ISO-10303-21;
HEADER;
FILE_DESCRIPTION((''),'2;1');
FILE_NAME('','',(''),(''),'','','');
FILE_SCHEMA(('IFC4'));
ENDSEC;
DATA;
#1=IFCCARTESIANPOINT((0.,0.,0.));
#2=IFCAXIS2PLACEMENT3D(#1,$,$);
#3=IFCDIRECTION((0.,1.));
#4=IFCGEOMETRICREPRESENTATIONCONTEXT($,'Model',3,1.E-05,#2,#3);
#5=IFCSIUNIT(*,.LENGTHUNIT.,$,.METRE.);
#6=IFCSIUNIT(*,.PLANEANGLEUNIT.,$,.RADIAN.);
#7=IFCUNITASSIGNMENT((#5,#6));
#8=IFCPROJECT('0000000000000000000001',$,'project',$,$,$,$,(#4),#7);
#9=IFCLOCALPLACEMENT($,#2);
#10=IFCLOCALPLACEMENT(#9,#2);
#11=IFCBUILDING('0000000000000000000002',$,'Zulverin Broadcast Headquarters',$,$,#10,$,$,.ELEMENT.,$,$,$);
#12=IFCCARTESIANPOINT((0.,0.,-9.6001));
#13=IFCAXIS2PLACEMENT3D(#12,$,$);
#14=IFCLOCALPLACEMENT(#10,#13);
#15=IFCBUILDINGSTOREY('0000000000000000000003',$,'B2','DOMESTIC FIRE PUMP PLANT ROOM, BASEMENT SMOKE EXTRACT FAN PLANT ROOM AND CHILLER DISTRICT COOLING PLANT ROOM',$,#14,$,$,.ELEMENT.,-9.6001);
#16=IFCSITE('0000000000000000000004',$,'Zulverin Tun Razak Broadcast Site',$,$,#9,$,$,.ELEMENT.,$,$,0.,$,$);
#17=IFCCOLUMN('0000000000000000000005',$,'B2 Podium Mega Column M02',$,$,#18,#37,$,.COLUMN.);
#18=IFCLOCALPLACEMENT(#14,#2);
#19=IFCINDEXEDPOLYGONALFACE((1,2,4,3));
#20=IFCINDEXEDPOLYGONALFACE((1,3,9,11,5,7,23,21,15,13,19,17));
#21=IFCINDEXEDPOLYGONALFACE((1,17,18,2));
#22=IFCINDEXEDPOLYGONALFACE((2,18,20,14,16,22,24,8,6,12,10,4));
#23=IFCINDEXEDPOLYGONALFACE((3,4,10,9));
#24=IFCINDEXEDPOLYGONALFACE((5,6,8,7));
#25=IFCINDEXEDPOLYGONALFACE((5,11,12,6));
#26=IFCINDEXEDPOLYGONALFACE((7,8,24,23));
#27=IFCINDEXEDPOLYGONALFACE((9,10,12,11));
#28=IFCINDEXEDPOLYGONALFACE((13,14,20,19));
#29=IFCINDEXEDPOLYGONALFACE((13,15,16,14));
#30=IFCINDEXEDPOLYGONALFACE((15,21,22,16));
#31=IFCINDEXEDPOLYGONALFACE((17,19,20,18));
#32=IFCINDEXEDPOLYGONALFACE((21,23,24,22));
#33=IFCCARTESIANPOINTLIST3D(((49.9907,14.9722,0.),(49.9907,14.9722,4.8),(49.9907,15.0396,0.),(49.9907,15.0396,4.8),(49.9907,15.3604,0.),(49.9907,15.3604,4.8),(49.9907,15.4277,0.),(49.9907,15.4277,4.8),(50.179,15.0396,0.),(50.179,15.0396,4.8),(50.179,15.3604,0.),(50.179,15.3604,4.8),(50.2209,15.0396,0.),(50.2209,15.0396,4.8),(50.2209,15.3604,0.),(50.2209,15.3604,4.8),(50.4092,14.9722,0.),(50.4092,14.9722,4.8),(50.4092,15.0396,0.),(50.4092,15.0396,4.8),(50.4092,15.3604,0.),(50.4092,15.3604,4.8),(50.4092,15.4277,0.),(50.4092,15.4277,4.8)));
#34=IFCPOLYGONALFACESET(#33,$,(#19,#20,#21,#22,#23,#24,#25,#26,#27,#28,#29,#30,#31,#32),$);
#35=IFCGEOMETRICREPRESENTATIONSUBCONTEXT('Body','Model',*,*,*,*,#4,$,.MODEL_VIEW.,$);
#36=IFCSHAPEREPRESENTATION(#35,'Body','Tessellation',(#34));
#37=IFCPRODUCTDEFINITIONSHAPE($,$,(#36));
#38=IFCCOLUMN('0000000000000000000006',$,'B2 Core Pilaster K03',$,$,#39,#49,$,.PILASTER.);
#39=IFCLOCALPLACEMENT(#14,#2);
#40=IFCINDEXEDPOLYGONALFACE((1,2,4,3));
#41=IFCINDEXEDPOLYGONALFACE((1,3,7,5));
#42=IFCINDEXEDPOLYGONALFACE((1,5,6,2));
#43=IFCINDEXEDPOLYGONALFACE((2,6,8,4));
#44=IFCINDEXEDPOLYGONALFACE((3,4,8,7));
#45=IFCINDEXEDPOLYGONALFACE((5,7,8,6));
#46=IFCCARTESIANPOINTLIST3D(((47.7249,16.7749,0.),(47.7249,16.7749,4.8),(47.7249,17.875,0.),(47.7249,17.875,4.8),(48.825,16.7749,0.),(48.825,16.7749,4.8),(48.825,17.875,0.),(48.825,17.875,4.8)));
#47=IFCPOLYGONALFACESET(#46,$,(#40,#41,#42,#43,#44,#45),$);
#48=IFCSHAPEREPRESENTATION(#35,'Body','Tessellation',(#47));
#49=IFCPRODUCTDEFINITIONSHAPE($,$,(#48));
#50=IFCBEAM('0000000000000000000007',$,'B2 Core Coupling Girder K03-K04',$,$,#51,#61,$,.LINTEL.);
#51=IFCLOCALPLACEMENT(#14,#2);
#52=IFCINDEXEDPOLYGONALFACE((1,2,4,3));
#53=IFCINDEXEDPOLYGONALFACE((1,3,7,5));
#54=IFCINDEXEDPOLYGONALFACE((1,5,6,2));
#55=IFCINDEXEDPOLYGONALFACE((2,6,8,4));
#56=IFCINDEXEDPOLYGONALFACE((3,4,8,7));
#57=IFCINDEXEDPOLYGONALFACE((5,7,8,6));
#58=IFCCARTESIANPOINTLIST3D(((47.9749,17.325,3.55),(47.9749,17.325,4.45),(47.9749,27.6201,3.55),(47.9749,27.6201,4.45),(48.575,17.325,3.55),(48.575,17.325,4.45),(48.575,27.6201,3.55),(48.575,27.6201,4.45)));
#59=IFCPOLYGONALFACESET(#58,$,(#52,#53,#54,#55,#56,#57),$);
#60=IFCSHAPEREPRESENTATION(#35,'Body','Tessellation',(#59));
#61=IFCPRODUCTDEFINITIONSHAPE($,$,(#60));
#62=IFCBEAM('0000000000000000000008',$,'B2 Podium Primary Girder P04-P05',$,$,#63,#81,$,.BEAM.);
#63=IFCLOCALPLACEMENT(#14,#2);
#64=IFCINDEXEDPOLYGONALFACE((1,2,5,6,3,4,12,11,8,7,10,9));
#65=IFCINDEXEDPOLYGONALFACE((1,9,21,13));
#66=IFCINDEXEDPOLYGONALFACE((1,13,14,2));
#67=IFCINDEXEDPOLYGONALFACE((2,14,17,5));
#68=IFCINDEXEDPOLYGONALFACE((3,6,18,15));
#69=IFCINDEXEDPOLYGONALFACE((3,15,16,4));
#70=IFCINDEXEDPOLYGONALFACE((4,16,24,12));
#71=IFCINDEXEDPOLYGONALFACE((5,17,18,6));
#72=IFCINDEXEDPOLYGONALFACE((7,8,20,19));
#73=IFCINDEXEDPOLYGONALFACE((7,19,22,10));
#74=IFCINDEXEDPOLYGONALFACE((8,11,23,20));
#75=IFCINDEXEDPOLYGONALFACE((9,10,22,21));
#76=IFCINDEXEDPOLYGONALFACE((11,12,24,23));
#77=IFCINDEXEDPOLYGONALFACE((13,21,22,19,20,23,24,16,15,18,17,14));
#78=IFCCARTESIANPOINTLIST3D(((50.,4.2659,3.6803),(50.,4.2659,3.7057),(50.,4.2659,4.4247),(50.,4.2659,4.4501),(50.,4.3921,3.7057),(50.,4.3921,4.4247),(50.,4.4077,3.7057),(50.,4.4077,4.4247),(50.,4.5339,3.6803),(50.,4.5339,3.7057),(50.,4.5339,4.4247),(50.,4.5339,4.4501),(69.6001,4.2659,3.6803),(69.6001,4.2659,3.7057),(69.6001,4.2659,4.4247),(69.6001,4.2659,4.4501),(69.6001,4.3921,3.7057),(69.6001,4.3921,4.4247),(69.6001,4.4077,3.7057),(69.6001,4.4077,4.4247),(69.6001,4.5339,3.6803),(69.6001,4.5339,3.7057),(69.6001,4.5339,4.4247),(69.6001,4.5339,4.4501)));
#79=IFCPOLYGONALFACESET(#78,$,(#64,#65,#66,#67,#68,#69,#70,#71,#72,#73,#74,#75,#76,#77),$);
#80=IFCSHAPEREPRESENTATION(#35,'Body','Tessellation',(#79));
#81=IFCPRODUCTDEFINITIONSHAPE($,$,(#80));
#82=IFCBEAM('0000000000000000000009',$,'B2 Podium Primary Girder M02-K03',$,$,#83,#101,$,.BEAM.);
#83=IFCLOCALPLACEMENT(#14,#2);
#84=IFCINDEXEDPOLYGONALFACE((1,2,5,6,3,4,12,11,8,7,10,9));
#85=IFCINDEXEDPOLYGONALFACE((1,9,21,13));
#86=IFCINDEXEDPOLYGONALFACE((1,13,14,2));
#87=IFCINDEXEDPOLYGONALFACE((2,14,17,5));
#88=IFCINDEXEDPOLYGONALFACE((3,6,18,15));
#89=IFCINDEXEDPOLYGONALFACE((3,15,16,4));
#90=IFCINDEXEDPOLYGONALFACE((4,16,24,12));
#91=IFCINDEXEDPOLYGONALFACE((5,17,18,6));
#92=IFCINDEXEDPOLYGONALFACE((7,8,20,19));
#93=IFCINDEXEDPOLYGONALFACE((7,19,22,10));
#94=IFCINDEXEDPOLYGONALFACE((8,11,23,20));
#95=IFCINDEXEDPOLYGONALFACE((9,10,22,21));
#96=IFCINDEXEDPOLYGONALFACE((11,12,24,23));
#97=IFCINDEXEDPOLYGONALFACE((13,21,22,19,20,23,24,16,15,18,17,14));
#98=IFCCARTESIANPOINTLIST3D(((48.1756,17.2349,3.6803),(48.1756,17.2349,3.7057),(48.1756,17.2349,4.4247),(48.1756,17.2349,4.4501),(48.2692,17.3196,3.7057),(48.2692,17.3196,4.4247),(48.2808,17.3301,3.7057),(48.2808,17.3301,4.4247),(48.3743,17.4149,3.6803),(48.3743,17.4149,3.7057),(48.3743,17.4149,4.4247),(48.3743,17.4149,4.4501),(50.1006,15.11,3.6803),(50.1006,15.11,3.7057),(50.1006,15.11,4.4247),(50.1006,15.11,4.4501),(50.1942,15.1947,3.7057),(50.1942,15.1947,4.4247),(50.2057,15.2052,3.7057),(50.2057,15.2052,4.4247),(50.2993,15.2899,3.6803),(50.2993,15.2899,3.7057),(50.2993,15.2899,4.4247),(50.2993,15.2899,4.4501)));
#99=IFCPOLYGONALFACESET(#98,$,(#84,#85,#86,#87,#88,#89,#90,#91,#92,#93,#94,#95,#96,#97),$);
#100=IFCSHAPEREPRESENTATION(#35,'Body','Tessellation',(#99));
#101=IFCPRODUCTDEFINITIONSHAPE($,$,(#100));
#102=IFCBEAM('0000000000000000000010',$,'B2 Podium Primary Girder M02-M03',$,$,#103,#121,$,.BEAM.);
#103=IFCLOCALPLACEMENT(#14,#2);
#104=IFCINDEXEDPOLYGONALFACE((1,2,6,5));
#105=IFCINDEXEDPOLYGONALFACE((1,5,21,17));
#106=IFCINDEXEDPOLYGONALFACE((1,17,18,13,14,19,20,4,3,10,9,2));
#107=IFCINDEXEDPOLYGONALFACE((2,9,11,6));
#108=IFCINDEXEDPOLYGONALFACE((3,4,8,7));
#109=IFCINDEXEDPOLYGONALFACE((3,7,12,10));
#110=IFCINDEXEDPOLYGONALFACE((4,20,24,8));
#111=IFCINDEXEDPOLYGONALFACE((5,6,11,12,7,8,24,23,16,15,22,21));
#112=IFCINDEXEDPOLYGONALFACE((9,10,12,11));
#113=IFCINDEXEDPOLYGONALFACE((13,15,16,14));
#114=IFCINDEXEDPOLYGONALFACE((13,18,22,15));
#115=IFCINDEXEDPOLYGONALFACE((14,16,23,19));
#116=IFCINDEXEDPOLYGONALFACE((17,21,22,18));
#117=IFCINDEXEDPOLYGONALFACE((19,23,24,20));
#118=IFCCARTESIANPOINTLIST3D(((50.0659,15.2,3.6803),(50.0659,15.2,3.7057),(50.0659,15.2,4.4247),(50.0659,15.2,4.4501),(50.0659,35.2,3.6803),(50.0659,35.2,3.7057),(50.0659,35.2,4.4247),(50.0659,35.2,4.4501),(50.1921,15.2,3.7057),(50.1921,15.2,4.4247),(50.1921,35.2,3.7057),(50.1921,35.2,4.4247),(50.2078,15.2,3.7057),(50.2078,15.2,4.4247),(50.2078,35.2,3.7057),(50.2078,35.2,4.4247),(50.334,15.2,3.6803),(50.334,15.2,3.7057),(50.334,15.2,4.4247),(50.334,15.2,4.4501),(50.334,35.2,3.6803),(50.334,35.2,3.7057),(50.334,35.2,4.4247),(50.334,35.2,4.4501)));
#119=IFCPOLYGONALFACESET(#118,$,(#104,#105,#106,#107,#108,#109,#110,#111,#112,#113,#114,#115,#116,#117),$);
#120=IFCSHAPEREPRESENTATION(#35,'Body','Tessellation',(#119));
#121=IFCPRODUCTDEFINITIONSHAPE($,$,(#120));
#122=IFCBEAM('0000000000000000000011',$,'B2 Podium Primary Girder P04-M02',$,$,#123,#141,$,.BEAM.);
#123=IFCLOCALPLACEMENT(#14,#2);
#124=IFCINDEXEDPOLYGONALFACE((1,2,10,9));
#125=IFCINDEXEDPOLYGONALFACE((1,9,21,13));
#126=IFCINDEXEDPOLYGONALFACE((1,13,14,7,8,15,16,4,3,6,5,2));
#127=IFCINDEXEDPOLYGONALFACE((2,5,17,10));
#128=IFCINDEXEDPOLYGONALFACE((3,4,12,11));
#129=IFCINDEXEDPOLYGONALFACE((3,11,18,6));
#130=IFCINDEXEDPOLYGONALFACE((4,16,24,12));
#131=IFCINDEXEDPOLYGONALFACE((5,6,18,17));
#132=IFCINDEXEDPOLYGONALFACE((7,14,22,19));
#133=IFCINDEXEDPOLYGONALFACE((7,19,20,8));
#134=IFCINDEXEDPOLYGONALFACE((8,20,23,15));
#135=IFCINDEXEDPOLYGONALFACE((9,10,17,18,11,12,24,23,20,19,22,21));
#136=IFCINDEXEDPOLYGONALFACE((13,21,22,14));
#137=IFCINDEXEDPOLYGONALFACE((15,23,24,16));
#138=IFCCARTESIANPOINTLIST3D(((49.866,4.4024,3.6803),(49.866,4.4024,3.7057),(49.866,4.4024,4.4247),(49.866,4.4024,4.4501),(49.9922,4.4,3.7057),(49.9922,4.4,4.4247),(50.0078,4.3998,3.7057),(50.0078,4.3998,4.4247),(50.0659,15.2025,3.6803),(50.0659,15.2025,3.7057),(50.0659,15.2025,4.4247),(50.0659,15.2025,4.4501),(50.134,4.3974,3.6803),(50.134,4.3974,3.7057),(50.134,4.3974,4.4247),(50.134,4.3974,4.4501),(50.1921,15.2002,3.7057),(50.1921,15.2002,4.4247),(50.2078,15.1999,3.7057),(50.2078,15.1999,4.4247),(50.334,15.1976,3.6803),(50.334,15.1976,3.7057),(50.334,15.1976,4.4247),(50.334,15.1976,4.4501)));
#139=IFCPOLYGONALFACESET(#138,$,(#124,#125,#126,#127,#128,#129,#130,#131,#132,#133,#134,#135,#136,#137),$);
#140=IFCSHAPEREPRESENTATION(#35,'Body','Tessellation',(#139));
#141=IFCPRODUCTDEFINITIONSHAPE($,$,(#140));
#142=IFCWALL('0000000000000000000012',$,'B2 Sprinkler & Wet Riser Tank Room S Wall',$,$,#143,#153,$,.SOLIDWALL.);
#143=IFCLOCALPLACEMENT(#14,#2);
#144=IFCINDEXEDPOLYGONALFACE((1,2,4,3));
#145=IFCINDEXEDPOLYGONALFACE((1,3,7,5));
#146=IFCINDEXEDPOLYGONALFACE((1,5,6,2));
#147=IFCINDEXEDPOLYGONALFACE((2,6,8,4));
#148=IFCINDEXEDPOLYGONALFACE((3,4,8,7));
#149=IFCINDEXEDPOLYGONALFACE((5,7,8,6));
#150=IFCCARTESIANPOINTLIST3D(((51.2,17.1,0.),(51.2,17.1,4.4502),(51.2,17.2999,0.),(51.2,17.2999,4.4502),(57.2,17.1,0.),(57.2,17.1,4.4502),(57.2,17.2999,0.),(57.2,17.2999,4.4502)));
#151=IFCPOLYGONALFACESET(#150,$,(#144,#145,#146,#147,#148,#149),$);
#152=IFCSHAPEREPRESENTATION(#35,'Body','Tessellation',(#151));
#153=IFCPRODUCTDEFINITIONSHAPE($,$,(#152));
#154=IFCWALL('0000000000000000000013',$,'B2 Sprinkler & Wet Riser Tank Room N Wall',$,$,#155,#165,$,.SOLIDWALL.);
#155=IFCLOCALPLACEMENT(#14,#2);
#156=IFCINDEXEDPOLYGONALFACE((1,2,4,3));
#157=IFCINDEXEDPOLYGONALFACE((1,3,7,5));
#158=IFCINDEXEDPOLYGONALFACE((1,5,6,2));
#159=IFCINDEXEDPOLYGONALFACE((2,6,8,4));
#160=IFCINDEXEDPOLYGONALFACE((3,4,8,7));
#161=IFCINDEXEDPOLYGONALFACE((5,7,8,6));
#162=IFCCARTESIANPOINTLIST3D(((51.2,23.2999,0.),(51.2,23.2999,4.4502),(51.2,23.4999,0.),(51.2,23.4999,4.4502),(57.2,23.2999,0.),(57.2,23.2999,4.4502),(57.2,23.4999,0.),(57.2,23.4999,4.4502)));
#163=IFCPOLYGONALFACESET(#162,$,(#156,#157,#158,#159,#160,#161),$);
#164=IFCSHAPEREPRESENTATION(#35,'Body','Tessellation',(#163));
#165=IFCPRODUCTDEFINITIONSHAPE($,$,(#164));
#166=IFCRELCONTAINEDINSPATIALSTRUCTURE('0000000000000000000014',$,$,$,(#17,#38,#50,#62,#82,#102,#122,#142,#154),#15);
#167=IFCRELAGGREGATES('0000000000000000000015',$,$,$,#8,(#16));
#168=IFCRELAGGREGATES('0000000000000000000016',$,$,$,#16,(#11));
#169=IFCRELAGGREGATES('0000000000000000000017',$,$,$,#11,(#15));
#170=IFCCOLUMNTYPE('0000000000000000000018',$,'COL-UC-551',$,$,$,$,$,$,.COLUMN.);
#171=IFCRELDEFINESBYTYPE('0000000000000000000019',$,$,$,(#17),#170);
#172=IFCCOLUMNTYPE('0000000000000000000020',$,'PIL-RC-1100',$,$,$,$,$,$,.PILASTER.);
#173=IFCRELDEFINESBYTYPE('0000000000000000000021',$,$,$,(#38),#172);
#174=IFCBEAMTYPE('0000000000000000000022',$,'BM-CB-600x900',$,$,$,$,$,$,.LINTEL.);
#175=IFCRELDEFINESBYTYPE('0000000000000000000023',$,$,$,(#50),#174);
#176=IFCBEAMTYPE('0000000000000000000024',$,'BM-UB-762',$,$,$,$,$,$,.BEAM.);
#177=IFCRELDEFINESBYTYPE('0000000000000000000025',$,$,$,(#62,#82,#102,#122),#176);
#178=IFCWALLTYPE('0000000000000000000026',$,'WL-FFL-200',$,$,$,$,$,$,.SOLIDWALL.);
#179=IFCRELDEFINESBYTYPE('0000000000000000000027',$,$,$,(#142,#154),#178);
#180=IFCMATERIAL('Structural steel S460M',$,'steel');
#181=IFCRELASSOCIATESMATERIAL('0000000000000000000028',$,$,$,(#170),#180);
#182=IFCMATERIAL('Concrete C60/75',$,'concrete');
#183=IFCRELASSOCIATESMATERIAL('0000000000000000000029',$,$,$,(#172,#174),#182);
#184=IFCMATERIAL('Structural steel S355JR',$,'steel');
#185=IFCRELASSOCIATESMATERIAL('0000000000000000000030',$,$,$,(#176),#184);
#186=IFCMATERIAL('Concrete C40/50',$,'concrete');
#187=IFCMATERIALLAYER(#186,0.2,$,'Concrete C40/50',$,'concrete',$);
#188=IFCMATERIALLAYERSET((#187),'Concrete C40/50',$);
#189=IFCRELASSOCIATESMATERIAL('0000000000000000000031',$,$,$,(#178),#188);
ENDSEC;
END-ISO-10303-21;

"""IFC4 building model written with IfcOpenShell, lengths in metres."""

from ifc_helpers import new_model, si_unit, direction, frame, frame_2d, origin, origin_2d, place, context, subcontext, project, spatial, rectangle, i_section, extrude, material, layer, layer_set, material_profile, profile_set, type_object, element, save


model = new_model("IFC4")

# Units and contexts
model_context = context("Model", 3, precision=1e-05, world=origin(), true_north=direction((0.0, 1.0)))
body_context = subcontext(model_context, "Body", "Model", "MODEL_VIEW")
ifc_project = project(units=[si_unit("LENGTHUNIT", "METRE"), si_unit("PLANEANGLEUNIT", "RADIAN")], contexts=[model_context])

# Site, building, storey
site_placement = place(None, origin())
site = spatial("IfcSite", under=ifc_project, at=site_placement, Name="Zulverin Tun Razak Broadcast Site", CompositionType="ELEMENT", RefElevation=0.0)
building_placement = place(site_placement, origin())
building = spatial("IfcBuilding", under=site, at=building_placement, Name="Zulverin Broadcast Headquarters", CompositionType="ELEMENT")
storey_placement = place(building_placement, frame((0.0, 0.0, -9.6001)))
storey = spatial("IfcBuildingStorey", under=building, at=storey_placement, Name="B2", Description="DOMESTIC FIRE PUMP PLANT ROOM, BASEMENT SMOKE EXTRACT FAN PLANT ROOM AND CHILLER DISTRICT COOLING PLANT ROOM", CompositionType="ELEMENT", Elevation=-9.6001)

# Columns
ifc_material_1 = material(Name="Concrete C60/75", Category="concrete")
ifc_material_2 = material(Name="Structural steel S460M", Category="steel")
ifc_material_profile_1 = material_profile(ifc_material_2, i_section(OverallWidth=0.4185, OverallDepth=0.4556, WebThickness=0.042, FlangeThickness=0.0674, at=origin_2d()), Name="Structural steel S460M", Category="steel")
ifc_profile_set_1 = profile_set([ifc_material_profile_1], Name="Structural steel S460M")
column_type_1 = type_object("IfcColumnType", Name="COL-UC-551", PredefinedType="COLUMN", material=ifc_profile_set_1)
column_1_placement = place(storey_placement, frame((50.2, 15.2, 0.0), z_axis=(0.0, 0.0, 1.0), x_axis=(1.0, 0.0, 0.0)))
element("IfcColumn", 1, at=column_1_placement, inside=storey, type_object=column_type_1, Name="B2 Podium Mega Column M02", PredefinedType="COLUMN", context=body_context, shape_type="SweptSolid", body=[
    extrude(i_section(OverallWidth=0.4185, OverallDepth=0.4556, WebThickness=0.042, FlangeThickness=0.0674, at=origin_2d()), origin(), (0.0, 0.0, 1.0), 4.8),
])
ifc_material_profile_2 = material_profile(ifc_material_1, rectangle(XDim=1.1001, YDim=1.1001, at=origin_2d()), Name="Concrete C60/75", Category="concrete")
ifc_profile_set_2 = profile_set([ifc_material_profile_2], Name="Concrete C60/75")
column_type_2 = type_object("IfcColumnType", Name="PIL-RC-1100", PredefinedType="PILASTER", material=ifc_profile_set_2)
column_2_placement = place(storey_placement, frame((48.2749, 17.325, 0.0), z_axis=(0.0, 0.0, 1.0), x_axis=(1.0, 0.0, 0.0)))
element("IfcColumn", 2, at=column_2_placement, inside=storey, type_object=column_type_2, Name="B2 Core Pilaster K03", PredefinedType="PILASTER", context=body_context, shape_type="SweptSolid", body=[
    extrude(rectangle(XDim=1.1001, YDim=1.1001, at=origin_2d()), origin(), (0.0, 0.0, 1.0), 4.8),
])

# Beams
ifc_material_profile_3 = material_profile(ifc_material_1, rectangle(XDim=0.6001, YDim=0.8999, at=origin_2d()), Name="Concrete C60/75", Category="concrete")
ifc_profile_set_3 = profile_set([ifc_material_profile_3], Name="Concrete C60/75")
beam_type_1 = type_object("IfcBeamType", Name="BM-CB-600x900", PredefinedType="LINTEL", material=ifc_profile_set_3)
beam_1_placement = place(storey_placement, frame((48.2749, 17.325, 4.0), z_axis=(0.0, 1.0, 0.0), x_axis=(-1.0, 0.0, 0.0)))
element("IfcBeam", 3, at=beam_1_placement, inside=storey, type_object=beam_type_1, Name="B2 Core Coupling Girder K03-K04", PredefinedType="LINTEL", context=body_context, shape_type="SweptSolid", body=[
    extrude(rectangle(XDim=0.6001, YDim=0.8999, at=origin_2d()), origin(), (0.0, 0.0, 1.0), 10.2952),
])
ifc_material_3 = material(Name="Structural steel S355JR", Category="steel")
ifc_material_profile_4 = material_profile(ifc_material_3, i_section(OverallWidth=0.2681, OverallDepth=0.7698, WebThickness=0.0156, FlangeThickness=0.0254, at=origin_2d()), Name="Structural steel S355JR", Category="steel")
ifc_profile_set_4 = profile_set([ifc_material_profile_4], Name="Structural steel S355JR")
beam_type_2 = type_object("IfcBeamType", Name="BM-UB-762", PredefinedType="BEAM", material=ifc_profile_set_4)
beam_2_placement = place(storey_placement, frame((50.0, 4.3999, 4.0652), z_axis=(1.0, 0.0, 0.0), x_axis=(0.0, 1.0, 0.0)))
element("IfcBeam", 4, at=beam_2_placement, inside=storey, type_object=beam_type_2, Name="B2 Podium Primary Girder P04-P05", PredefinedType="BEAM", context=body_context, shape_type="SweptSolid", body=[
    extrude(i_section(OverallWidth=0.2681, OverallDepth=0.7698, WebThickness=0.0156, FlangeThickness=0.0254, at=origin_2d()), origin(), (0.0, 0.0, 1.0), 19.6001),
])
beam_3_placement = place(storey_placement, frame((50.2, 15.2, 4.0652), z_axis=(-0.671379, 0.741114, 0.0), x_axis=(-0.741114, -0.671379, 0.0)))
element("IfcBeam", 5, at=beam_3_placement, inside=storey, type_object=beam_type_2, Name="B2 Podium Primary Girder M02-K03", PredefinedType="BEAM", context=body_context, shape_type="SweptSolid", body=[
    extrude(i_section(OverallWidth=0.2681, OverallDepth=0.7698, WebThickness=0.0156, FlangeThickness=0.0254, at=origin_2d()), origin(), (0.0, 0.0, 1.0), 2.8672),
])
beam_4_placement = place(storey_placement, frame((50.2, 15.2, 4.0652), z_axis=(0.0, 1.0, 0.0), x_axis=(-1.0, 0.0, 0.0)))
element("IfcBeam", 6, at=beam_4_placement, inside=storey, type_object=beam_type_2, Name="B2 Podium Primary Girder M02-M03", PredefinedType="BEAM", context=body_context, shape_type="SweptSolid", body=[
    extrude(i_section(OverallWidth=0.2681, OverallDepth=0.7698, WebThickness=0.0156, FlangeThickness=0.0254, at=origin_2d()), origin(), (0.0, 0.0, 1.0), 20.0),
])
beam_5_placement = place(storey_placement, frame((50.0, 4.3999, 4.0652), z_axis=(0.018511, 0.999829, 0.0), x_axis=(-0.999829, 0.018511, 0.0)))
element("IfcBeam", 7, at=beam_5_placement, inside=storey, type_object=beam_type_2, Name="B2 Podium Primary Girder P04-M02", PredefinedType="BEAM", context=body_context, shape_type="SweptSolid", body=[
    extrude(i_section(OverallWidth=0.2681, OverallDepth=0.7698, WebThickness=0.0156, FlangeThickness=0.0254, at=origin_2d()), origin(), (0.0, 0.0, 1.0), 10.802),
])

# Walls
ifc_material_4 = material(Name="Concrete C40/50", Category="concrete")
ifc_layer_1 = layer(ifc_material_4, 0.2, Name="Concrete C40/50", Category="concrete")
ifc_layer_set_1 = layer_set([ifc_layer_1], Name="Concrete C40/50")
wall_type_1 = type_object("IfcWallType", Name="WL-FFL-200", PredefinedType="SOLIDWALL", material=ifc_layer_set_1)
for number, where, z_axis, x_axis, name in (
    (8, (51.2, 17.2, 0.0), (0.0, 0.0, 1.0), (1.0, 0.0, 0.0), "B2 Sprinkler & Wet Riser Tank Room S Wall"),
    (9, (51.2, 23.3999, 0.0), (0.0, 0.0, 1.0), (1.0, 0.0, 0.0), "B2 Sprinkler & Wet Riser Tank Room N Wall"),
):
    element("IfcWall", number, at=place(storey_placement, frame(where, z_axis=z_axis, x_axis=x_axis)), inside=storey, type_object=wall_type_1, Name=name, PredefinedType="SOLIDWALL", context=body_context, shape_type="SweptSolid", body=[
        extrude(rectangle(XDim=6.0, YDim=0.2, at=frame_2d((3.0, 0.0))), origin(), (0.0, 0.0, 1.0), 4.4502),
    ])

save(model, "model.ifc")
